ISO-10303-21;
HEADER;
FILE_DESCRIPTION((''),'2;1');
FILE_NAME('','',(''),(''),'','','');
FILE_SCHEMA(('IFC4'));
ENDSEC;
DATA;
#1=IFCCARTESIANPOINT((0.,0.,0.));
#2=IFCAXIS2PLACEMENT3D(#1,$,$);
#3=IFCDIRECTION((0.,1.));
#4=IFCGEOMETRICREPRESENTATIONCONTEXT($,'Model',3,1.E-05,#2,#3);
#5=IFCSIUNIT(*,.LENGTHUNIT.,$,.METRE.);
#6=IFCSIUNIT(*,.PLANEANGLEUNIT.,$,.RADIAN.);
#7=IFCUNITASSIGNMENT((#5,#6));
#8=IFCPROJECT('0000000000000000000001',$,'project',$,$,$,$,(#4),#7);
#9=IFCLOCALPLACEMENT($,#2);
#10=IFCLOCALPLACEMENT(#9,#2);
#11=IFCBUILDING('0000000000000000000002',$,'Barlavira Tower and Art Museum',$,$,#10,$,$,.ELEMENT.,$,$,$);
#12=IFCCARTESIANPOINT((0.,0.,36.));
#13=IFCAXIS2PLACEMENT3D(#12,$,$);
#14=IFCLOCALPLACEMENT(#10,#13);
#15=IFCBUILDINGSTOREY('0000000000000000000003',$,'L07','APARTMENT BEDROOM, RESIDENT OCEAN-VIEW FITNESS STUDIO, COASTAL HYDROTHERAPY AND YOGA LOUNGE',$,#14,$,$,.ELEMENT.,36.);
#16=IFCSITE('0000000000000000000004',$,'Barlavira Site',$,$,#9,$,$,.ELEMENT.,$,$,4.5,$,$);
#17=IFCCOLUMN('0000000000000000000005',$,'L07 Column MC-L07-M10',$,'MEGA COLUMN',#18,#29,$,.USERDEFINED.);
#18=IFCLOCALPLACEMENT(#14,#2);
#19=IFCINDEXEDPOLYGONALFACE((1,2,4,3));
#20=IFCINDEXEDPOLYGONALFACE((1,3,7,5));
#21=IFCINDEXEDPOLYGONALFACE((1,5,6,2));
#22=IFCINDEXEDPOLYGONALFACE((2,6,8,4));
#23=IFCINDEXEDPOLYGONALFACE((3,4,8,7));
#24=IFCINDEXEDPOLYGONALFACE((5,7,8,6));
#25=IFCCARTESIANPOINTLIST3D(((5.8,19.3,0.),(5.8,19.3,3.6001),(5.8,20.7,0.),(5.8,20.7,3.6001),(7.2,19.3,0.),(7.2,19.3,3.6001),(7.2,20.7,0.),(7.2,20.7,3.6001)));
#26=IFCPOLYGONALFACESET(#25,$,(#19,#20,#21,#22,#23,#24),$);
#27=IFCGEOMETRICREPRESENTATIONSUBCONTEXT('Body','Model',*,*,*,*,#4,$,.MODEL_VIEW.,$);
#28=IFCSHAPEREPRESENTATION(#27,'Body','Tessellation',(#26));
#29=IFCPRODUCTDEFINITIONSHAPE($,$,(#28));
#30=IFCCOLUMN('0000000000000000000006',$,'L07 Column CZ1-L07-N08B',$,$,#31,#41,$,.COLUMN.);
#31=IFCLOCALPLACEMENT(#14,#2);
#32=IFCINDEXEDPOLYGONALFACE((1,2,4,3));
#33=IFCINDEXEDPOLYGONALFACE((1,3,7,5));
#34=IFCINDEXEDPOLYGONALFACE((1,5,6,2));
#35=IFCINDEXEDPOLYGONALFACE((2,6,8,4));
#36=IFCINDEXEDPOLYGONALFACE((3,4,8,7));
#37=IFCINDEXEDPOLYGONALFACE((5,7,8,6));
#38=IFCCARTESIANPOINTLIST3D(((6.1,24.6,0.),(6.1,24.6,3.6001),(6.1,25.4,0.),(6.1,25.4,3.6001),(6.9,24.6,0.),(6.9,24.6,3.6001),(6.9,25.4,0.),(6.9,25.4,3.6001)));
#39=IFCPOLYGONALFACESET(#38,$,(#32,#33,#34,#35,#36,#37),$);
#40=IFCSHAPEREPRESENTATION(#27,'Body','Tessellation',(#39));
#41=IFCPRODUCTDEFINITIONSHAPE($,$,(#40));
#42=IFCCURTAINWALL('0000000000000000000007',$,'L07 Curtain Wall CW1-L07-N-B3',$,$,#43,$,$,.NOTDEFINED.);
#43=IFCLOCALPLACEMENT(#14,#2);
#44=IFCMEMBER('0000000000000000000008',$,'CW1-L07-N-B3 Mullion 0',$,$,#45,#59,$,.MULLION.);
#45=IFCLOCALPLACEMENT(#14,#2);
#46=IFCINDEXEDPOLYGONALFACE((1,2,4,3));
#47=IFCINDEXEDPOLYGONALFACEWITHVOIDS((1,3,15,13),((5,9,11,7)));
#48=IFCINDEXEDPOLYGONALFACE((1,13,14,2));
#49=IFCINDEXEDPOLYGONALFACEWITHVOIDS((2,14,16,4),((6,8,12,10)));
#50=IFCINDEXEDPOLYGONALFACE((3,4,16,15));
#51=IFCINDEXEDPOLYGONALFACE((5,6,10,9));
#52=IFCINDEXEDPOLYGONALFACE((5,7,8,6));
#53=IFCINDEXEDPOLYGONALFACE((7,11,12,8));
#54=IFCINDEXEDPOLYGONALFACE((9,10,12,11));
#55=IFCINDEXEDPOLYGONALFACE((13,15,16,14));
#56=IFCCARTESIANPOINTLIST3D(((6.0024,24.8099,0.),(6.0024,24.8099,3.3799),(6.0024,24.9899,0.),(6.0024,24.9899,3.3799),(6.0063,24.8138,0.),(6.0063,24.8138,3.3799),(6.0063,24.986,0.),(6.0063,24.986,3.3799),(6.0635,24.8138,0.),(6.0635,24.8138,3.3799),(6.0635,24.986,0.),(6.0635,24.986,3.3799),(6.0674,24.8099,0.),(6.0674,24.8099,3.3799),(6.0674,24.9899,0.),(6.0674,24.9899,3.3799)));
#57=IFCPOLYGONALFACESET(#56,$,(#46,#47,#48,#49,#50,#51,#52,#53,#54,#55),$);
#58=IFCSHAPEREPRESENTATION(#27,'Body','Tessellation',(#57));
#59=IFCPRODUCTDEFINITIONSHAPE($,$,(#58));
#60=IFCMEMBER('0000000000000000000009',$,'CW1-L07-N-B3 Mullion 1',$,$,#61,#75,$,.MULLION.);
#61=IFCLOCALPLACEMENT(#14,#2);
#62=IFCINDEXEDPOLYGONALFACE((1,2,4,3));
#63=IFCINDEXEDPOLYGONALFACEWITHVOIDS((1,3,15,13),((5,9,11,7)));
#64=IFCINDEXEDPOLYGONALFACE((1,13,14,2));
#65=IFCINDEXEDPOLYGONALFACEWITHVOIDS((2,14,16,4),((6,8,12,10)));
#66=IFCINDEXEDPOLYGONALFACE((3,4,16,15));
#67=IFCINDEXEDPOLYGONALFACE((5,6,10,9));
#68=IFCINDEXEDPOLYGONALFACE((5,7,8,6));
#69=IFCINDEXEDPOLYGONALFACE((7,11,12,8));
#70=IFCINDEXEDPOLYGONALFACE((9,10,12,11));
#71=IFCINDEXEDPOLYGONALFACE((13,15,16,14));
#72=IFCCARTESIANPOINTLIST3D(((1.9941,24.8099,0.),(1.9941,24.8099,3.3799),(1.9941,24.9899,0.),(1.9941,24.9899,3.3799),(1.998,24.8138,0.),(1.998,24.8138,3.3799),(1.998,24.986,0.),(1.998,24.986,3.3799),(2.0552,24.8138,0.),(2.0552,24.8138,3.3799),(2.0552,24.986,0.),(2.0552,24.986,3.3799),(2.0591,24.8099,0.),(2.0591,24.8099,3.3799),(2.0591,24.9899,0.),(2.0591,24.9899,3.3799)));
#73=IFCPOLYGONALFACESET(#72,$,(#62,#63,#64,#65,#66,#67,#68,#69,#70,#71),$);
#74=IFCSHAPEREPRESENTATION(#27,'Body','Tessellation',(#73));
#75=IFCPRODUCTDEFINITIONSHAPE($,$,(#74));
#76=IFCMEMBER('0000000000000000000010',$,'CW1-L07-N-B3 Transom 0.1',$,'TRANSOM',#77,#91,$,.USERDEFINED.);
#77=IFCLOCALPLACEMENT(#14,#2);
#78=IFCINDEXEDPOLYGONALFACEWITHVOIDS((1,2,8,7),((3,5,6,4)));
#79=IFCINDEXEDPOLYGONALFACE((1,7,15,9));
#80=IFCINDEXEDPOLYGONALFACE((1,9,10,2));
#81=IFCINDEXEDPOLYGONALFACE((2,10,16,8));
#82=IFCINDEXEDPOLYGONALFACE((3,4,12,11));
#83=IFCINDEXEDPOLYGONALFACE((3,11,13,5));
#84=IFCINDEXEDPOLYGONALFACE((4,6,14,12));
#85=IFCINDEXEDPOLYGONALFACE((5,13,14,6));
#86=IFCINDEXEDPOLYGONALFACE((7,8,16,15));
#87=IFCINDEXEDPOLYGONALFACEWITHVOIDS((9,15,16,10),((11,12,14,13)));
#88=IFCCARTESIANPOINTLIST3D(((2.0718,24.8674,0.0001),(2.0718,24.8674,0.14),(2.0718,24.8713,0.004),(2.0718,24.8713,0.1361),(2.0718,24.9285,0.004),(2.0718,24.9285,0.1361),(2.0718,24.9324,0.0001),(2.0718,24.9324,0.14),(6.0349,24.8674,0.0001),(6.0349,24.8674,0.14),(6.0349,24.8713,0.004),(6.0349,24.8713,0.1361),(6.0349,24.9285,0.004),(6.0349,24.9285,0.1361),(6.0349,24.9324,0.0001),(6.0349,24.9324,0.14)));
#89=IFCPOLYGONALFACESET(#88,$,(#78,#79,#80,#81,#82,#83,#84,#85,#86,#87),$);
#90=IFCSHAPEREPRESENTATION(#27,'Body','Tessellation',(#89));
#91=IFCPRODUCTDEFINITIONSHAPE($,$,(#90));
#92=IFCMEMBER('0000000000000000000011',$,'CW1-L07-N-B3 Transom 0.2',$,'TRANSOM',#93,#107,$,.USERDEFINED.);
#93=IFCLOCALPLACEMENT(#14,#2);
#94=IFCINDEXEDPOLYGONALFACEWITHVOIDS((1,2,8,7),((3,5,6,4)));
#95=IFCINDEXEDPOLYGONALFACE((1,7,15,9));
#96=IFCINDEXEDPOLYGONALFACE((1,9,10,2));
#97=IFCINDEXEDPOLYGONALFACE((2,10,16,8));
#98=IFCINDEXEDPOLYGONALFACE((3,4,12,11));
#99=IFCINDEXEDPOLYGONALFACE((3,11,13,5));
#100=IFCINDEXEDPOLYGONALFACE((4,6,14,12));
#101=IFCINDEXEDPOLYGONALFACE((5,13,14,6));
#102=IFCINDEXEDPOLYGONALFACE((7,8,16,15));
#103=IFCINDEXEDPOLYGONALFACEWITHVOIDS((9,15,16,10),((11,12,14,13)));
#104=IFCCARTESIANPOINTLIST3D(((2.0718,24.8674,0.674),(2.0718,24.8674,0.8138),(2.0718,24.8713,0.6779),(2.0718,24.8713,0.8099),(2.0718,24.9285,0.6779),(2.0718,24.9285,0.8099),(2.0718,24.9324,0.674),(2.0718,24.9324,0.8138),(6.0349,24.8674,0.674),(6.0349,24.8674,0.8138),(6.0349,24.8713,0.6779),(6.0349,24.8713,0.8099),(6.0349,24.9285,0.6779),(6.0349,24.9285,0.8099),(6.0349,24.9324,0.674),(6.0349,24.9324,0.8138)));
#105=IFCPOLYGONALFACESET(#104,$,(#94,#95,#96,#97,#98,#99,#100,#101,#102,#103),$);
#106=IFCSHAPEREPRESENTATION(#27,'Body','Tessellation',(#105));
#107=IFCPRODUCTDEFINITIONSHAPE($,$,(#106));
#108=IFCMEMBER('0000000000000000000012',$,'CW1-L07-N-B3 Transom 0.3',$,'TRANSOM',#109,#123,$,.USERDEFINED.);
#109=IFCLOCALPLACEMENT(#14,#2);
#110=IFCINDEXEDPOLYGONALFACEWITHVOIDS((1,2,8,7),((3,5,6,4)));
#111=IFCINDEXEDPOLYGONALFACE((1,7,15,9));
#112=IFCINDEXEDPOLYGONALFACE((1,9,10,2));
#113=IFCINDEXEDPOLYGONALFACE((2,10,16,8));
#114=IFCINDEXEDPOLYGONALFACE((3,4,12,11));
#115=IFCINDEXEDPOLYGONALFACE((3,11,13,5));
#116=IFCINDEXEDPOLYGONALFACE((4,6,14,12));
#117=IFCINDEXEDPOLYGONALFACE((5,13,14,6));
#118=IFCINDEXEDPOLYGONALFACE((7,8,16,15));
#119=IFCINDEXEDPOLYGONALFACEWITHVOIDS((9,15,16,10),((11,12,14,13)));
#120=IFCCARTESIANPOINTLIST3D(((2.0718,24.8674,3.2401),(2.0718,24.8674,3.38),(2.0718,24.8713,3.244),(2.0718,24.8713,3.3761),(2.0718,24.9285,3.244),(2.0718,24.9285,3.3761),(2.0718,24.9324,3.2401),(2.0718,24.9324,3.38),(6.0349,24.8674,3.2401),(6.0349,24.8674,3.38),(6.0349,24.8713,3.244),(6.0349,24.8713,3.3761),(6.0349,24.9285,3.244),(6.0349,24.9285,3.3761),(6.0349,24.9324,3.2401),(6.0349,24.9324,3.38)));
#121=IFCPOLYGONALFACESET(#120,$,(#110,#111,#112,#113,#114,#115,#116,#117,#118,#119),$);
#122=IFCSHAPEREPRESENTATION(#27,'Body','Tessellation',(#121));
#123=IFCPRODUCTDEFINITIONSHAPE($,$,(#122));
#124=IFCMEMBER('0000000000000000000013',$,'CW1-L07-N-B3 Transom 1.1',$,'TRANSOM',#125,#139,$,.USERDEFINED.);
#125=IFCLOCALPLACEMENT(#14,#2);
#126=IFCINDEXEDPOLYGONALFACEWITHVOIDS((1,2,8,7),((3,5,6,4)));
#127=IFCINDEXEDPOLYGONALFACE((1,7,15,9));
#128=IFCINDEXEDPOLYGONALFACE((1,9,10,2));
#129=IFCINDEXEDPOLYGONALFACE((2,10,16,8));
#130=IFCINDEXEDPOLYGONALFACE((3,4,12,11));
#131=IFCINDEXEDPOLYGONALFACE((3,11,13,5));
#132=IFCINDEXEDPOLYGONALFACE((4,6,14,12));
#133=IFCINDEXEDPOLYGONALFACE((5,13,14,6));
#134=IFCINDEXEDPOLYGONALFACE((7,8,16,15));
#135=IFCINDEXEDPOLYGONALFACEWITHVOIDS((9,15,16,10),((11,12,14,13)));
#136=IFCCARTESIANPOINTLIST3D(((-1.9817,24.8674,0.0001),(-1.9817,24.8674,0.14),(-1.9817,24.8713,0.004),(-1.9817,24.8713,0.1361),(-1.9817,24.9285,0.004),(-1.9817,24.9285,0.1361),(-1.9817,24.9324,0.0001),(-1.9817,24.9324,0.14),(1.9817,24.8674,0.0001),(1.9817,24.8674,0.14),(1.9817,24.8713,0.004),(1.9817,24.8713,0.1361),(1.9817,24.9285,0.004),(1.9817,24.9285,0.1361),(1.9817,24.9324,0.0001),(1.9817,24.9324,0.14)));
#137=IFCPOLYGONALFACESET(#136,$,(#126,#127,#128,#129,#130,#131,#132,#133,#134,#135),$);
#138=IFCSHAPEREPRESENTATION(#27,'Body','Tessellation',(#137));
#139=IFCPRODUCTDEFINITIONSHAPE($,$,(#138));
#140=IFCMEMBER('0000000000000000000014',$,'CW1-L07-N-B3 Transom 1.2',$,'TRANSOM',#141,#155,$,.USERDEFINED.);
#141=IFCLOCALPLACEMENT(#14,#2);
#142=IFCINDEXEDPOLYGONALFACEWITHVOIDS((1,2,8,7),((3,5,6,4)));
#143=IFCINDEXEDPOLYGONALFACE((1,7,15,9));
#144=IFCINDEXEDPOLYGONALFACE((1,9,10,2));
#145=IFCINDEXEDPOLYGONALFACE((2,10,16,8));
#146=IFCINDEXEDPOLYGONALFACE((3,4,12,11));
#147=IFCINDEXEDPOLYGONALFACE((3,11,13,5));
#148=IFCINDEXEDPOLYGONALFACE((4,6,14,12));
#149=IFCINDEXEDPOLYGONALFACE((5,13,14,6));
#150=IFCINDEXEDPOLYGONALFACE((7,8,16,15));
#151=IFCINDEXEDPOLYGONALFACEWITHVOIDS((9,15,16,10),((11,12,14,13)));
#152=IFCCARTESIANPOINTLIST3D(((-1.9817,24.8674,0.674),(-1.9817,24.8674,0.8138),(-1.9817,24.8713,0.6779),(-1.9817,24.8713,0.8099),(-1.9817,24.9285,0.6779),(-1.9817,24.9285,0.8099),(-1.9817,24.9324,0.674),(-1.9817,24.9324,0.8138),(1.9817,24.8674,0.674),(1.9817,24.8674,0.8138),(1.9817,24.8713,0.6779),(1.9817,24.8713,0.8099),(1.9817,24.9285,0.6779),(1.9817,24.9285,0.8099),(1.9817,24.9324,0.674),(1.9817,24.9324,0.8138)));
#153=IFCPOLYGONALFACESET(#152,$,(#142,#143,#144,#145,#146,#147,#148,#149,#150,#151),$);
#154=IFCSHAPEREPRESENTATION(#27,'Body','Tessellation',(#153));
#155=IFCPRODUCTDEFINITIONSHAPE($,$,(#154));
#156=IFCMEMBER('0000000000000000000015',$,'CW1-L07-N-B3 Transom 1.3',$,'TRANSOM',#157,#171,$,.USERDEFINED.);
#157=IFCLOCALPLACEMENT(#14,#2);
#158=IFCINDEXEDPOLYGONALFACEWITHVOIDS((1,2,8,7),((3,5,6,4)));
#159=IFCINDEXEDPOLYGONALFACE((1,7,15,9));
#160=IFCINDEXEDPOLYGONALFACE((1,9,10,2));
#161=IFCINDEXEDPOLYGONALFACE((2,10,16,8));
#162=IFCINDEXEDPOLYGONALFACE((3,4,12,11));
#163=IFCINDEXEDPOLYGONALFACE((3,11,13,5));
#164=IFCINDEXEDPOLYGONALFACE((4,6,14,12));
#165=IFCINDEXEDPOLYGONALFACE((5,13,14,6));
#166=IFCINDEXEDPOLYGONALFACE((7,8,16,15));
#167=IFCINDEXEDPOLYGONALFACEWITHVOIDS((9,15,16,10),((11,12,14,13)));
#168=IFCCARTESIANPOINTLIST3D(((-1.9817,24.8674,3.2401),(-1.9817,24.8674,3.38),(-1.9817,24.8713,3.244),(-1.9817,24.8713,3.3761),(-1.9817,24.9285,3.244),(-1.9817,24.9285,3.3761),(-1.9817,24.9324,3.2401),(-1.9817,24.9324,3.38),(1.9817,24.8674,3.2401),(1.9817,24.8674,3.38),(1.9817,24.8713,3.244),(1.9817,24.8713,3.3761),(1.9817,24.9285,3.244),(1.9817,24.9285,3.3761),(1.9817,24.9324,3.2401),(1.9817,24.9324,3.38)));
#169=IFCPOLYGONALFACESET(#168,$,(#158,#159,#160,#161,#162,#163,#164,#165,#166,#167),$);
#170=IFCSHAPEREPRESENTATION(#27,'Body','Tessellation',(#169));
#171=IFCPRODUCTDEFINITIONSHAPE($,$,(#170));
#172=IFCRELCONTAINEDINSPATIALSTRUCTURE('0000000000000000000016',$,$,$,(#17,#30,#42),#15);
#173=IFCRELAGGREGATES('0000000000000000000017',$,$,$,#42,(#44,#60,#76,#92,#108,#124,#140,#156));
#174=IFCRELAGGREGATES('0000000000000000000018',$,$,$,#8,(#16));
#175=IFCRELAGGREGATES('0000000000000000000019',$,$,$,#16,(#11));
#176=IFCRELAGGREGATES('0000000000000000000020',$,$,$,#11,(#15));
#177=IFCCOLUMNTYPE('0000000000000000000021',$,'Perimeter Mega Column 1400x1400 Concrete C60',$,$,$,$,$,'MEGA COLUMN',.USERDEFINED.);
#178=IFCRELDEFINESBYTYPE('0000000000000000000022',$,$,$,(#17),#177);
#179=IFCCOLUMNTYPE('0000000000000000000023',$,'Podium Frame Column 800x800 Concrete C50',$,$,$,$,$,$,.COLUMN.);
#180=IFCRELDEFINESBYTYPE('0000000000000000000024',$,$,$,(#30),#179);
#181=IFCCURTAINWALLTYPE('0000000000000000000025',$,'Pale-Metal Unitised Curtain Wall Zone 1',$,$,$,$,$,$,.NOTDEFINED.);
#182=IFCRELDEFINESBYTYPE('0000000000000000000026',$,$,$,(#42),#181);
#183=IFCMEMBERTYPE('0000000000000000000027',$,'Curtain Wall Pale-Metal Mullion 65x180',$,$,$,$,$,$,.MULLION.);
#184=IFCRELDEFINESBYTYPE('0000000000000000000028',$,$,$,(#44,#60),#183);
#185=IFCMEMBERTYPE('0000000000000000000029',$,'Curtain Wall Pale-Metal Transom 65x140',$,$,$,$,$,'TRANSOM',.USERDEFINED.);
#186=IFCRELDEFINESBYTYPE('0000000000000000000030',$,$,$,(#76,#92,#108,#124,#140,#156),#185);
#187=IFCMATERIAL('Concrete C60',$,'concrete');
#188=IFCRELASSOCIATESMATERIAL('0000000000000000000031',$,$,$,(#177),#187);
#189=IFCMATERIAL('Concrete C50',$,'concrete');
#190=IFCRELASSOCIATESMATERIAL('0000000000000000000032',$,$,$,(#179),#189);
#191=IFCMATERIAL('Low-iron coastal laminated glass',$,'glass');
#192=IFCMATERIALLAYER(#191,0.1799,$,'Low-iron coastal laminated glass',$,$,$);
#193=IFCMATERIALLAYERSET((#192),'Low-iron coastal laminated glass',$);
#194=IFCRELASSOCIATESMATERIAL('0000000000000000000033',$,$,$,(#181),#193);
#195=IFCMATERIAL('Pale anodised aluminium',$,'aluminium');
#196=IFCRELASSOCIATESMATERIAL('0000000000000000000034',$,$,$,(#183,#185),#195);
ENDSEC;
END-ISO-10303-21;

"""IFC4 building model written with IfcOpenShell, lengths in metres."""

from ifc_helpers import new_model, si_unit, direction, frame, origin, origin_2d, place, context, subcontext, project, spatial, rectangle, hollow_rectangle, extrude, material, layer, layer_set, material_profile, profile_set, type_object, element, aggregate, save


model = new_model("IFC4")

# Units and contexts
model_context = context("Model", 3, precision=1e-05, world=origin(), true_north=direction((0.0, 1.0)))
body_context = subcontext(model_context, "Body", "Model", "MODEL_VIEW")
ifc_project = project(units=[si_unit("LENGTHUNIT", "METRE"), si_unit("PLANEANGLEUNIT", "RADIAN")], contexts=[model_context])

# Site, building, storey
site_placement = place(None, origin())
site = spatial("IfcSite", under=ifc_project, at=site_placement, Name="Barlavira Site", CompositionType="ELEMENT", RefElevation=4.5)
building_placement = place(site_placement, origin())
building = spatial("IfcBuilding", under=site, at=building_placement, Name="Barlavira Tower and Art Museum", CompositionType="ELEMENT")
storey_placement = place(building_placement, frame((0.0, 0.0, 36.0)))
storey = spatial("IfcBuildingStorey", under=building, at=storey_placement, Name="L07", Description="APARTMENT BEDROOM, RESIDENT OCEAN-VIEW FITNESS STUDIO, COASTAL HYDROTHERAPY AND YOGA LOUNGE", CompositionType="ELEMENT", Elevation=36.0)

# Columns
ifc_material_1 = material(Name="Concrete C60", Category="concrete")
ifc_material_profile_1 = material_profile(ifc_material_1, rectangle(XDim=1.3999, YDim=1.3999, at=origin_2d()), Name="RC-MCOL 1400x1400")
ifc_profile_set_1 = profile_set([ifc_material_profile_1], Name="Concrete C60")
column_type_1 = type_object("IfcColumnType", Name="Perimeter Mega Column 1400x1400 Concrete C60", ElementType="MEGA COLUMN", PredefinedType="USERDEFINED", material=ifc_profile_set_1)
column_1_placement = place(storey_placement, frame((6.5, 20.0, 0.0), z_axis=(0.0, 0.0, 1.0), x_axis=(1.0, 0.0, 0.0)))
element("IfcColumn", 1, at=column_1_placement, inside=storey, type_object=column_type_1, Name="L07 Column MC-L07-M10", ObjectType="MEGA COLUMN", PredefinedType="USERDEFINED", context=body_context, shape_type="SweptSolid", body=[
    extrude(rectangle(XDim=1.3999, YDim=1.3999, at=origin_2d()), origin(), (0.0, 0.0, 1.0), 3.6001),
])
ifc_material_2 = material(Name="Concrete C50", Category="concrete")
ifc_material_profile_2 = material_profile(ifc_material_2, rectangle(XDim=0.8, YDim=0.8, at=origin_2d()), Name="RC-COL 800x800")
ifc_profile_set_2 = profile_set([ifc_material_profile_2], Name="Concrete C50")
column_type_2 = type_object("IfcColumnType", Name="Podium Frame Column 800x800 Concrete C50", PredefinedType="COLUMN", material=ifc_profile_set_2)
column_2_placement = place(storey_placement, frame((6.5, 25.0, 0.0), z_axis=(0.0, 0.0, 1.0), x_axis=(1.0, 0.0, 0.0)))
element("IfcColumn", 2, at=column_2_placement, inside=storey, type_object=column_type_2, Name="L07 Column CZ1-L07-N08B", PredefinedType="COLUMN", context=body_context, shape_type="SweptSolid", body=[
    extrude(rectangle(XDim=0.8, YDim=0.8, at=origin_2d()), origin(), (0.0, 0.0, 1.0), 3.6001),
])

# Curtain wall, members
ifc_material_3 = material(Name="Low-iron coastal laminated glass", Category="glass")
ifc_layer_1 = layer(ifc_material_3, 0.1799, Name="Low-iron coastal laminated glass")
ifc_layer_set_1 = layer_set([ifc_layer_1], Name="Low-iron coastal laminated glass")
curtain_wall_type = type_object("IfcCurtainWallType", Name="Pale-Metal Unitised Curtain Wall Zone 1", PredefinedType="NOTDEFINED", material=ifc_layer_set_1)
curtain_wall_placement = place(storey_placement, origin())
curtain_wall = element("IfcCurtainWall", 3, at=curtain_wall_placement, inside=storey, type_object=curtain_wall_type, Name="L07 Curtain Wall CW1-L07-N-B3", PredefinedType="NOTDEFINED")
ifc_material_4 = material(Name="Pale anodised aluminium", Category="aluminium")
ifc_material_profile_3 = material_profile(ifc_material_4, hollow_rectangle(XDim=0.0649, YDim=0.1799, WallThickness=0.0039, at=origin_2d()), Name="ALU-MULL 65x180x4")
ifc_profile_set_3 = profile_set([ifc_material_profile_3], Name="Pale anodised aluminium")
member_type_1 = type_object("IfcMemberType", Name="Curtain Wall Pale-Metal Mullion 65x180", PredefinedType="MULLION", material=ifc_profile_set_3)
member_1_placement = place(storey_placement, frame((6.0349, 24.8999, 0.0), z_axis=(0.0, 0.0, 1.0), x_axis=(-1.0, 0.0, 0.0)))
member_1 = element("IfcMember", 4, at=member_1_placement, type_object=member_type_1, Name="CW1-L07-N-B3 Mullion 0", PredefinedType="MULLION", context=body_context, shape_type="SweptSolid", body=[
    extrude(hollow_rectangle(XDim=0.0649, YDim=0.1799, WallThickness=0.0039, at=origin_2d()), origin(), (0.0, 0.0, 1.0), 3.3799),
])
member_2_placement = place(storey_placement, frame((2.0266, 24.8999, 0.0), z_axis=(0.0, 0.0, 1.0), x_axis=(-1.0, 0.0, 0.0)))
member_2 = element("IfcMember", 5, at=member_2_placement, type_object=member_type_1, Name="CW1-L07-N-B3 Mullion 1", PredefinedType="MULLION", context=body_context, shape_type="SweptSolid", body=[
    extrude(hollow_rectangle(XDim=0.0649, YDim=0.1799, WallThickness=0.0039, at=origin_2d()), origin(), (0.0, 0.0, 1.0), 3.3799),
])
ifc_material_profile_4 = material_profile(ifc_material_4, hollow_rectangle(XDim=0.0649, YDim=0.1399, WallThickness=0.0039, at=origin_2d()), Name="ALU-TRAN 65x140x4")
ifc_profile_set_4 = profile_set([ifc_material_profile_4], Name="Pale anodised aluminium")
member_type_2 = type_object("IfcMemberType", Name="Curtain Wall Pale-Metal Transom 65x140", ElementType="TRANSOM", PredefinedType="USERDEFINED", material=ifc_profile_set_4)
member_3_placement = place(storey_placement, frame((6.0349, 24.8999, 0.0701), z_axis=(-1.0, 0.0, 0.0), x_axis=(0.0, -1.0, 0.0)))
member_3 = element("IfcMember", 6, at=member_3_placement, type_object=member_type_2, Name="CW1-L07-N-B3 Transom 0.1", ObjectType="TRANSOM", PredefinedType="USERDEFINED", context=body_context, shape_type="SweptSolid", body=[
    extrude(hollow_rectangle(XDim=0.0649, YDim=0.1399, WallThickness=0.0039, at=origin_2d()), origin(), (0.0, 0.0, 1.0), 3.9631),
])
member_4_placement = place(storey_placement, frame((6.0349, 24.8999, 0.7439), z_axis=(-1.0, 0.0, 0.0), x_axis=(0.0, -1.0, 0.0)))
member_4 = element("IfcMember", 7, at=member_4_placement, type_object=member_type_2, Name="CW1-L07-N-B3 Transom 0.2", ObjectType="TRANSOM", PredefinedType="USERDEFINED", context=body_context, shape_type="SweptSolid", body=[
    extrude(hollow_rectangle(XDim=0.0649, YDim=0.1399, WallThickness=0.0039, at=origin_2d()), origin(), (0.0, 0.0, 1.0), 3.9631),
])
member_5_placement = place(storey_placement, frame((6.0349, 24.8999, 3.3101), z_axis=(-1.0, 0.0, 0.0), x_axis=(0.0, -1.0, 0.0)))
member_5 = element("IfcMember", 8, at=member_5_placement, type_object=member_type_2, Name="CW1-L07-N-B3 Transom 0.3", ObjectType="TRANSOM", PredefinedType="USERDEFINED", context=body_context, shape_type="SweptSolid", body=[
    extrude(hollow_rectangle(XDim=0.0649, YDim=0.1399, WallThickness=0.0039, at=origin_2d()), origin(), (0.0, 0.0, 1.0), 3.9631),
])
member_6_placement = place(storey_placement, frame((1.9817, 24.8999, 0.0701), z_axis=(-1.0, 0.0, 0.0), x_axis=(0.0, -1.0, 0.0)))
member_6 = element("IfcMember", 9, at=member_6_placement, type_object=member_type_2, Name="CW1-L07-N-B3 Transom 1.1", ObjectType="TRANSOM", PredefinedType="USERDEFINED", context=body_context, shape_type="SweptSolid", body=[
    extrude(hollow_rectangle(XDim=0.0649, YDim=0.1399, WallThickness=0.0039, at=origin_2d()), origin(), (0.0, 0.0, 1.0), 3.9634),
])
member_7_placement = place(storey_placement, frame((1.9817, 24.8999, 0.7439), z_axis=(-1.0, 0.0, 0.0), x_axis=(0.0, -1.0, 0.0)))
member_7 = element("IfcMember", 10, at=member_7_placement, type_object=member_type_2, Name="CW1-L07-N-B3 Transom 1.2", ObjectType="TRANSOM", PredefinedType="USERDEFINED", context=body_context, shape_type="SweptSolid", body=[
    extrude(hollow_rectangle(XDim=0.0649, YDim=0.1399, WallThickness=0.0039, at=origin_2d()), origin(), (0.0, 0.0, 1.0), 3.9634),
])
member_8_placement = place(storey_placement, frame((1.9817, 24.8999, 3.3101), z_axis=(-1.0, 0.0, 0.0), x_axis=(0.0, -1.0, 0.0)))
member_8 = element("IfcMember", 11, at=member_8_placement, type_object=member_type_2, Name="CW1-L07-N-B3 Transom 1.3", ObjectType="TRANSOM", PredefinedType="USERDEFINED", context=body_context, shape_type="SweptSolid", body=[
    extrude(hollow_rectangle(XDim=0.0649, YDim=0.1399, WallThickness=0.0039, at=origin_2d()), origin(), (0.0, 0.0, 1.0), 3.9634),
])

aggregate(curtain_wall, [member_1, member_2, member_3, member_4, member_5, member_6, member_7, member_8])

save(model, "model.ifc")
